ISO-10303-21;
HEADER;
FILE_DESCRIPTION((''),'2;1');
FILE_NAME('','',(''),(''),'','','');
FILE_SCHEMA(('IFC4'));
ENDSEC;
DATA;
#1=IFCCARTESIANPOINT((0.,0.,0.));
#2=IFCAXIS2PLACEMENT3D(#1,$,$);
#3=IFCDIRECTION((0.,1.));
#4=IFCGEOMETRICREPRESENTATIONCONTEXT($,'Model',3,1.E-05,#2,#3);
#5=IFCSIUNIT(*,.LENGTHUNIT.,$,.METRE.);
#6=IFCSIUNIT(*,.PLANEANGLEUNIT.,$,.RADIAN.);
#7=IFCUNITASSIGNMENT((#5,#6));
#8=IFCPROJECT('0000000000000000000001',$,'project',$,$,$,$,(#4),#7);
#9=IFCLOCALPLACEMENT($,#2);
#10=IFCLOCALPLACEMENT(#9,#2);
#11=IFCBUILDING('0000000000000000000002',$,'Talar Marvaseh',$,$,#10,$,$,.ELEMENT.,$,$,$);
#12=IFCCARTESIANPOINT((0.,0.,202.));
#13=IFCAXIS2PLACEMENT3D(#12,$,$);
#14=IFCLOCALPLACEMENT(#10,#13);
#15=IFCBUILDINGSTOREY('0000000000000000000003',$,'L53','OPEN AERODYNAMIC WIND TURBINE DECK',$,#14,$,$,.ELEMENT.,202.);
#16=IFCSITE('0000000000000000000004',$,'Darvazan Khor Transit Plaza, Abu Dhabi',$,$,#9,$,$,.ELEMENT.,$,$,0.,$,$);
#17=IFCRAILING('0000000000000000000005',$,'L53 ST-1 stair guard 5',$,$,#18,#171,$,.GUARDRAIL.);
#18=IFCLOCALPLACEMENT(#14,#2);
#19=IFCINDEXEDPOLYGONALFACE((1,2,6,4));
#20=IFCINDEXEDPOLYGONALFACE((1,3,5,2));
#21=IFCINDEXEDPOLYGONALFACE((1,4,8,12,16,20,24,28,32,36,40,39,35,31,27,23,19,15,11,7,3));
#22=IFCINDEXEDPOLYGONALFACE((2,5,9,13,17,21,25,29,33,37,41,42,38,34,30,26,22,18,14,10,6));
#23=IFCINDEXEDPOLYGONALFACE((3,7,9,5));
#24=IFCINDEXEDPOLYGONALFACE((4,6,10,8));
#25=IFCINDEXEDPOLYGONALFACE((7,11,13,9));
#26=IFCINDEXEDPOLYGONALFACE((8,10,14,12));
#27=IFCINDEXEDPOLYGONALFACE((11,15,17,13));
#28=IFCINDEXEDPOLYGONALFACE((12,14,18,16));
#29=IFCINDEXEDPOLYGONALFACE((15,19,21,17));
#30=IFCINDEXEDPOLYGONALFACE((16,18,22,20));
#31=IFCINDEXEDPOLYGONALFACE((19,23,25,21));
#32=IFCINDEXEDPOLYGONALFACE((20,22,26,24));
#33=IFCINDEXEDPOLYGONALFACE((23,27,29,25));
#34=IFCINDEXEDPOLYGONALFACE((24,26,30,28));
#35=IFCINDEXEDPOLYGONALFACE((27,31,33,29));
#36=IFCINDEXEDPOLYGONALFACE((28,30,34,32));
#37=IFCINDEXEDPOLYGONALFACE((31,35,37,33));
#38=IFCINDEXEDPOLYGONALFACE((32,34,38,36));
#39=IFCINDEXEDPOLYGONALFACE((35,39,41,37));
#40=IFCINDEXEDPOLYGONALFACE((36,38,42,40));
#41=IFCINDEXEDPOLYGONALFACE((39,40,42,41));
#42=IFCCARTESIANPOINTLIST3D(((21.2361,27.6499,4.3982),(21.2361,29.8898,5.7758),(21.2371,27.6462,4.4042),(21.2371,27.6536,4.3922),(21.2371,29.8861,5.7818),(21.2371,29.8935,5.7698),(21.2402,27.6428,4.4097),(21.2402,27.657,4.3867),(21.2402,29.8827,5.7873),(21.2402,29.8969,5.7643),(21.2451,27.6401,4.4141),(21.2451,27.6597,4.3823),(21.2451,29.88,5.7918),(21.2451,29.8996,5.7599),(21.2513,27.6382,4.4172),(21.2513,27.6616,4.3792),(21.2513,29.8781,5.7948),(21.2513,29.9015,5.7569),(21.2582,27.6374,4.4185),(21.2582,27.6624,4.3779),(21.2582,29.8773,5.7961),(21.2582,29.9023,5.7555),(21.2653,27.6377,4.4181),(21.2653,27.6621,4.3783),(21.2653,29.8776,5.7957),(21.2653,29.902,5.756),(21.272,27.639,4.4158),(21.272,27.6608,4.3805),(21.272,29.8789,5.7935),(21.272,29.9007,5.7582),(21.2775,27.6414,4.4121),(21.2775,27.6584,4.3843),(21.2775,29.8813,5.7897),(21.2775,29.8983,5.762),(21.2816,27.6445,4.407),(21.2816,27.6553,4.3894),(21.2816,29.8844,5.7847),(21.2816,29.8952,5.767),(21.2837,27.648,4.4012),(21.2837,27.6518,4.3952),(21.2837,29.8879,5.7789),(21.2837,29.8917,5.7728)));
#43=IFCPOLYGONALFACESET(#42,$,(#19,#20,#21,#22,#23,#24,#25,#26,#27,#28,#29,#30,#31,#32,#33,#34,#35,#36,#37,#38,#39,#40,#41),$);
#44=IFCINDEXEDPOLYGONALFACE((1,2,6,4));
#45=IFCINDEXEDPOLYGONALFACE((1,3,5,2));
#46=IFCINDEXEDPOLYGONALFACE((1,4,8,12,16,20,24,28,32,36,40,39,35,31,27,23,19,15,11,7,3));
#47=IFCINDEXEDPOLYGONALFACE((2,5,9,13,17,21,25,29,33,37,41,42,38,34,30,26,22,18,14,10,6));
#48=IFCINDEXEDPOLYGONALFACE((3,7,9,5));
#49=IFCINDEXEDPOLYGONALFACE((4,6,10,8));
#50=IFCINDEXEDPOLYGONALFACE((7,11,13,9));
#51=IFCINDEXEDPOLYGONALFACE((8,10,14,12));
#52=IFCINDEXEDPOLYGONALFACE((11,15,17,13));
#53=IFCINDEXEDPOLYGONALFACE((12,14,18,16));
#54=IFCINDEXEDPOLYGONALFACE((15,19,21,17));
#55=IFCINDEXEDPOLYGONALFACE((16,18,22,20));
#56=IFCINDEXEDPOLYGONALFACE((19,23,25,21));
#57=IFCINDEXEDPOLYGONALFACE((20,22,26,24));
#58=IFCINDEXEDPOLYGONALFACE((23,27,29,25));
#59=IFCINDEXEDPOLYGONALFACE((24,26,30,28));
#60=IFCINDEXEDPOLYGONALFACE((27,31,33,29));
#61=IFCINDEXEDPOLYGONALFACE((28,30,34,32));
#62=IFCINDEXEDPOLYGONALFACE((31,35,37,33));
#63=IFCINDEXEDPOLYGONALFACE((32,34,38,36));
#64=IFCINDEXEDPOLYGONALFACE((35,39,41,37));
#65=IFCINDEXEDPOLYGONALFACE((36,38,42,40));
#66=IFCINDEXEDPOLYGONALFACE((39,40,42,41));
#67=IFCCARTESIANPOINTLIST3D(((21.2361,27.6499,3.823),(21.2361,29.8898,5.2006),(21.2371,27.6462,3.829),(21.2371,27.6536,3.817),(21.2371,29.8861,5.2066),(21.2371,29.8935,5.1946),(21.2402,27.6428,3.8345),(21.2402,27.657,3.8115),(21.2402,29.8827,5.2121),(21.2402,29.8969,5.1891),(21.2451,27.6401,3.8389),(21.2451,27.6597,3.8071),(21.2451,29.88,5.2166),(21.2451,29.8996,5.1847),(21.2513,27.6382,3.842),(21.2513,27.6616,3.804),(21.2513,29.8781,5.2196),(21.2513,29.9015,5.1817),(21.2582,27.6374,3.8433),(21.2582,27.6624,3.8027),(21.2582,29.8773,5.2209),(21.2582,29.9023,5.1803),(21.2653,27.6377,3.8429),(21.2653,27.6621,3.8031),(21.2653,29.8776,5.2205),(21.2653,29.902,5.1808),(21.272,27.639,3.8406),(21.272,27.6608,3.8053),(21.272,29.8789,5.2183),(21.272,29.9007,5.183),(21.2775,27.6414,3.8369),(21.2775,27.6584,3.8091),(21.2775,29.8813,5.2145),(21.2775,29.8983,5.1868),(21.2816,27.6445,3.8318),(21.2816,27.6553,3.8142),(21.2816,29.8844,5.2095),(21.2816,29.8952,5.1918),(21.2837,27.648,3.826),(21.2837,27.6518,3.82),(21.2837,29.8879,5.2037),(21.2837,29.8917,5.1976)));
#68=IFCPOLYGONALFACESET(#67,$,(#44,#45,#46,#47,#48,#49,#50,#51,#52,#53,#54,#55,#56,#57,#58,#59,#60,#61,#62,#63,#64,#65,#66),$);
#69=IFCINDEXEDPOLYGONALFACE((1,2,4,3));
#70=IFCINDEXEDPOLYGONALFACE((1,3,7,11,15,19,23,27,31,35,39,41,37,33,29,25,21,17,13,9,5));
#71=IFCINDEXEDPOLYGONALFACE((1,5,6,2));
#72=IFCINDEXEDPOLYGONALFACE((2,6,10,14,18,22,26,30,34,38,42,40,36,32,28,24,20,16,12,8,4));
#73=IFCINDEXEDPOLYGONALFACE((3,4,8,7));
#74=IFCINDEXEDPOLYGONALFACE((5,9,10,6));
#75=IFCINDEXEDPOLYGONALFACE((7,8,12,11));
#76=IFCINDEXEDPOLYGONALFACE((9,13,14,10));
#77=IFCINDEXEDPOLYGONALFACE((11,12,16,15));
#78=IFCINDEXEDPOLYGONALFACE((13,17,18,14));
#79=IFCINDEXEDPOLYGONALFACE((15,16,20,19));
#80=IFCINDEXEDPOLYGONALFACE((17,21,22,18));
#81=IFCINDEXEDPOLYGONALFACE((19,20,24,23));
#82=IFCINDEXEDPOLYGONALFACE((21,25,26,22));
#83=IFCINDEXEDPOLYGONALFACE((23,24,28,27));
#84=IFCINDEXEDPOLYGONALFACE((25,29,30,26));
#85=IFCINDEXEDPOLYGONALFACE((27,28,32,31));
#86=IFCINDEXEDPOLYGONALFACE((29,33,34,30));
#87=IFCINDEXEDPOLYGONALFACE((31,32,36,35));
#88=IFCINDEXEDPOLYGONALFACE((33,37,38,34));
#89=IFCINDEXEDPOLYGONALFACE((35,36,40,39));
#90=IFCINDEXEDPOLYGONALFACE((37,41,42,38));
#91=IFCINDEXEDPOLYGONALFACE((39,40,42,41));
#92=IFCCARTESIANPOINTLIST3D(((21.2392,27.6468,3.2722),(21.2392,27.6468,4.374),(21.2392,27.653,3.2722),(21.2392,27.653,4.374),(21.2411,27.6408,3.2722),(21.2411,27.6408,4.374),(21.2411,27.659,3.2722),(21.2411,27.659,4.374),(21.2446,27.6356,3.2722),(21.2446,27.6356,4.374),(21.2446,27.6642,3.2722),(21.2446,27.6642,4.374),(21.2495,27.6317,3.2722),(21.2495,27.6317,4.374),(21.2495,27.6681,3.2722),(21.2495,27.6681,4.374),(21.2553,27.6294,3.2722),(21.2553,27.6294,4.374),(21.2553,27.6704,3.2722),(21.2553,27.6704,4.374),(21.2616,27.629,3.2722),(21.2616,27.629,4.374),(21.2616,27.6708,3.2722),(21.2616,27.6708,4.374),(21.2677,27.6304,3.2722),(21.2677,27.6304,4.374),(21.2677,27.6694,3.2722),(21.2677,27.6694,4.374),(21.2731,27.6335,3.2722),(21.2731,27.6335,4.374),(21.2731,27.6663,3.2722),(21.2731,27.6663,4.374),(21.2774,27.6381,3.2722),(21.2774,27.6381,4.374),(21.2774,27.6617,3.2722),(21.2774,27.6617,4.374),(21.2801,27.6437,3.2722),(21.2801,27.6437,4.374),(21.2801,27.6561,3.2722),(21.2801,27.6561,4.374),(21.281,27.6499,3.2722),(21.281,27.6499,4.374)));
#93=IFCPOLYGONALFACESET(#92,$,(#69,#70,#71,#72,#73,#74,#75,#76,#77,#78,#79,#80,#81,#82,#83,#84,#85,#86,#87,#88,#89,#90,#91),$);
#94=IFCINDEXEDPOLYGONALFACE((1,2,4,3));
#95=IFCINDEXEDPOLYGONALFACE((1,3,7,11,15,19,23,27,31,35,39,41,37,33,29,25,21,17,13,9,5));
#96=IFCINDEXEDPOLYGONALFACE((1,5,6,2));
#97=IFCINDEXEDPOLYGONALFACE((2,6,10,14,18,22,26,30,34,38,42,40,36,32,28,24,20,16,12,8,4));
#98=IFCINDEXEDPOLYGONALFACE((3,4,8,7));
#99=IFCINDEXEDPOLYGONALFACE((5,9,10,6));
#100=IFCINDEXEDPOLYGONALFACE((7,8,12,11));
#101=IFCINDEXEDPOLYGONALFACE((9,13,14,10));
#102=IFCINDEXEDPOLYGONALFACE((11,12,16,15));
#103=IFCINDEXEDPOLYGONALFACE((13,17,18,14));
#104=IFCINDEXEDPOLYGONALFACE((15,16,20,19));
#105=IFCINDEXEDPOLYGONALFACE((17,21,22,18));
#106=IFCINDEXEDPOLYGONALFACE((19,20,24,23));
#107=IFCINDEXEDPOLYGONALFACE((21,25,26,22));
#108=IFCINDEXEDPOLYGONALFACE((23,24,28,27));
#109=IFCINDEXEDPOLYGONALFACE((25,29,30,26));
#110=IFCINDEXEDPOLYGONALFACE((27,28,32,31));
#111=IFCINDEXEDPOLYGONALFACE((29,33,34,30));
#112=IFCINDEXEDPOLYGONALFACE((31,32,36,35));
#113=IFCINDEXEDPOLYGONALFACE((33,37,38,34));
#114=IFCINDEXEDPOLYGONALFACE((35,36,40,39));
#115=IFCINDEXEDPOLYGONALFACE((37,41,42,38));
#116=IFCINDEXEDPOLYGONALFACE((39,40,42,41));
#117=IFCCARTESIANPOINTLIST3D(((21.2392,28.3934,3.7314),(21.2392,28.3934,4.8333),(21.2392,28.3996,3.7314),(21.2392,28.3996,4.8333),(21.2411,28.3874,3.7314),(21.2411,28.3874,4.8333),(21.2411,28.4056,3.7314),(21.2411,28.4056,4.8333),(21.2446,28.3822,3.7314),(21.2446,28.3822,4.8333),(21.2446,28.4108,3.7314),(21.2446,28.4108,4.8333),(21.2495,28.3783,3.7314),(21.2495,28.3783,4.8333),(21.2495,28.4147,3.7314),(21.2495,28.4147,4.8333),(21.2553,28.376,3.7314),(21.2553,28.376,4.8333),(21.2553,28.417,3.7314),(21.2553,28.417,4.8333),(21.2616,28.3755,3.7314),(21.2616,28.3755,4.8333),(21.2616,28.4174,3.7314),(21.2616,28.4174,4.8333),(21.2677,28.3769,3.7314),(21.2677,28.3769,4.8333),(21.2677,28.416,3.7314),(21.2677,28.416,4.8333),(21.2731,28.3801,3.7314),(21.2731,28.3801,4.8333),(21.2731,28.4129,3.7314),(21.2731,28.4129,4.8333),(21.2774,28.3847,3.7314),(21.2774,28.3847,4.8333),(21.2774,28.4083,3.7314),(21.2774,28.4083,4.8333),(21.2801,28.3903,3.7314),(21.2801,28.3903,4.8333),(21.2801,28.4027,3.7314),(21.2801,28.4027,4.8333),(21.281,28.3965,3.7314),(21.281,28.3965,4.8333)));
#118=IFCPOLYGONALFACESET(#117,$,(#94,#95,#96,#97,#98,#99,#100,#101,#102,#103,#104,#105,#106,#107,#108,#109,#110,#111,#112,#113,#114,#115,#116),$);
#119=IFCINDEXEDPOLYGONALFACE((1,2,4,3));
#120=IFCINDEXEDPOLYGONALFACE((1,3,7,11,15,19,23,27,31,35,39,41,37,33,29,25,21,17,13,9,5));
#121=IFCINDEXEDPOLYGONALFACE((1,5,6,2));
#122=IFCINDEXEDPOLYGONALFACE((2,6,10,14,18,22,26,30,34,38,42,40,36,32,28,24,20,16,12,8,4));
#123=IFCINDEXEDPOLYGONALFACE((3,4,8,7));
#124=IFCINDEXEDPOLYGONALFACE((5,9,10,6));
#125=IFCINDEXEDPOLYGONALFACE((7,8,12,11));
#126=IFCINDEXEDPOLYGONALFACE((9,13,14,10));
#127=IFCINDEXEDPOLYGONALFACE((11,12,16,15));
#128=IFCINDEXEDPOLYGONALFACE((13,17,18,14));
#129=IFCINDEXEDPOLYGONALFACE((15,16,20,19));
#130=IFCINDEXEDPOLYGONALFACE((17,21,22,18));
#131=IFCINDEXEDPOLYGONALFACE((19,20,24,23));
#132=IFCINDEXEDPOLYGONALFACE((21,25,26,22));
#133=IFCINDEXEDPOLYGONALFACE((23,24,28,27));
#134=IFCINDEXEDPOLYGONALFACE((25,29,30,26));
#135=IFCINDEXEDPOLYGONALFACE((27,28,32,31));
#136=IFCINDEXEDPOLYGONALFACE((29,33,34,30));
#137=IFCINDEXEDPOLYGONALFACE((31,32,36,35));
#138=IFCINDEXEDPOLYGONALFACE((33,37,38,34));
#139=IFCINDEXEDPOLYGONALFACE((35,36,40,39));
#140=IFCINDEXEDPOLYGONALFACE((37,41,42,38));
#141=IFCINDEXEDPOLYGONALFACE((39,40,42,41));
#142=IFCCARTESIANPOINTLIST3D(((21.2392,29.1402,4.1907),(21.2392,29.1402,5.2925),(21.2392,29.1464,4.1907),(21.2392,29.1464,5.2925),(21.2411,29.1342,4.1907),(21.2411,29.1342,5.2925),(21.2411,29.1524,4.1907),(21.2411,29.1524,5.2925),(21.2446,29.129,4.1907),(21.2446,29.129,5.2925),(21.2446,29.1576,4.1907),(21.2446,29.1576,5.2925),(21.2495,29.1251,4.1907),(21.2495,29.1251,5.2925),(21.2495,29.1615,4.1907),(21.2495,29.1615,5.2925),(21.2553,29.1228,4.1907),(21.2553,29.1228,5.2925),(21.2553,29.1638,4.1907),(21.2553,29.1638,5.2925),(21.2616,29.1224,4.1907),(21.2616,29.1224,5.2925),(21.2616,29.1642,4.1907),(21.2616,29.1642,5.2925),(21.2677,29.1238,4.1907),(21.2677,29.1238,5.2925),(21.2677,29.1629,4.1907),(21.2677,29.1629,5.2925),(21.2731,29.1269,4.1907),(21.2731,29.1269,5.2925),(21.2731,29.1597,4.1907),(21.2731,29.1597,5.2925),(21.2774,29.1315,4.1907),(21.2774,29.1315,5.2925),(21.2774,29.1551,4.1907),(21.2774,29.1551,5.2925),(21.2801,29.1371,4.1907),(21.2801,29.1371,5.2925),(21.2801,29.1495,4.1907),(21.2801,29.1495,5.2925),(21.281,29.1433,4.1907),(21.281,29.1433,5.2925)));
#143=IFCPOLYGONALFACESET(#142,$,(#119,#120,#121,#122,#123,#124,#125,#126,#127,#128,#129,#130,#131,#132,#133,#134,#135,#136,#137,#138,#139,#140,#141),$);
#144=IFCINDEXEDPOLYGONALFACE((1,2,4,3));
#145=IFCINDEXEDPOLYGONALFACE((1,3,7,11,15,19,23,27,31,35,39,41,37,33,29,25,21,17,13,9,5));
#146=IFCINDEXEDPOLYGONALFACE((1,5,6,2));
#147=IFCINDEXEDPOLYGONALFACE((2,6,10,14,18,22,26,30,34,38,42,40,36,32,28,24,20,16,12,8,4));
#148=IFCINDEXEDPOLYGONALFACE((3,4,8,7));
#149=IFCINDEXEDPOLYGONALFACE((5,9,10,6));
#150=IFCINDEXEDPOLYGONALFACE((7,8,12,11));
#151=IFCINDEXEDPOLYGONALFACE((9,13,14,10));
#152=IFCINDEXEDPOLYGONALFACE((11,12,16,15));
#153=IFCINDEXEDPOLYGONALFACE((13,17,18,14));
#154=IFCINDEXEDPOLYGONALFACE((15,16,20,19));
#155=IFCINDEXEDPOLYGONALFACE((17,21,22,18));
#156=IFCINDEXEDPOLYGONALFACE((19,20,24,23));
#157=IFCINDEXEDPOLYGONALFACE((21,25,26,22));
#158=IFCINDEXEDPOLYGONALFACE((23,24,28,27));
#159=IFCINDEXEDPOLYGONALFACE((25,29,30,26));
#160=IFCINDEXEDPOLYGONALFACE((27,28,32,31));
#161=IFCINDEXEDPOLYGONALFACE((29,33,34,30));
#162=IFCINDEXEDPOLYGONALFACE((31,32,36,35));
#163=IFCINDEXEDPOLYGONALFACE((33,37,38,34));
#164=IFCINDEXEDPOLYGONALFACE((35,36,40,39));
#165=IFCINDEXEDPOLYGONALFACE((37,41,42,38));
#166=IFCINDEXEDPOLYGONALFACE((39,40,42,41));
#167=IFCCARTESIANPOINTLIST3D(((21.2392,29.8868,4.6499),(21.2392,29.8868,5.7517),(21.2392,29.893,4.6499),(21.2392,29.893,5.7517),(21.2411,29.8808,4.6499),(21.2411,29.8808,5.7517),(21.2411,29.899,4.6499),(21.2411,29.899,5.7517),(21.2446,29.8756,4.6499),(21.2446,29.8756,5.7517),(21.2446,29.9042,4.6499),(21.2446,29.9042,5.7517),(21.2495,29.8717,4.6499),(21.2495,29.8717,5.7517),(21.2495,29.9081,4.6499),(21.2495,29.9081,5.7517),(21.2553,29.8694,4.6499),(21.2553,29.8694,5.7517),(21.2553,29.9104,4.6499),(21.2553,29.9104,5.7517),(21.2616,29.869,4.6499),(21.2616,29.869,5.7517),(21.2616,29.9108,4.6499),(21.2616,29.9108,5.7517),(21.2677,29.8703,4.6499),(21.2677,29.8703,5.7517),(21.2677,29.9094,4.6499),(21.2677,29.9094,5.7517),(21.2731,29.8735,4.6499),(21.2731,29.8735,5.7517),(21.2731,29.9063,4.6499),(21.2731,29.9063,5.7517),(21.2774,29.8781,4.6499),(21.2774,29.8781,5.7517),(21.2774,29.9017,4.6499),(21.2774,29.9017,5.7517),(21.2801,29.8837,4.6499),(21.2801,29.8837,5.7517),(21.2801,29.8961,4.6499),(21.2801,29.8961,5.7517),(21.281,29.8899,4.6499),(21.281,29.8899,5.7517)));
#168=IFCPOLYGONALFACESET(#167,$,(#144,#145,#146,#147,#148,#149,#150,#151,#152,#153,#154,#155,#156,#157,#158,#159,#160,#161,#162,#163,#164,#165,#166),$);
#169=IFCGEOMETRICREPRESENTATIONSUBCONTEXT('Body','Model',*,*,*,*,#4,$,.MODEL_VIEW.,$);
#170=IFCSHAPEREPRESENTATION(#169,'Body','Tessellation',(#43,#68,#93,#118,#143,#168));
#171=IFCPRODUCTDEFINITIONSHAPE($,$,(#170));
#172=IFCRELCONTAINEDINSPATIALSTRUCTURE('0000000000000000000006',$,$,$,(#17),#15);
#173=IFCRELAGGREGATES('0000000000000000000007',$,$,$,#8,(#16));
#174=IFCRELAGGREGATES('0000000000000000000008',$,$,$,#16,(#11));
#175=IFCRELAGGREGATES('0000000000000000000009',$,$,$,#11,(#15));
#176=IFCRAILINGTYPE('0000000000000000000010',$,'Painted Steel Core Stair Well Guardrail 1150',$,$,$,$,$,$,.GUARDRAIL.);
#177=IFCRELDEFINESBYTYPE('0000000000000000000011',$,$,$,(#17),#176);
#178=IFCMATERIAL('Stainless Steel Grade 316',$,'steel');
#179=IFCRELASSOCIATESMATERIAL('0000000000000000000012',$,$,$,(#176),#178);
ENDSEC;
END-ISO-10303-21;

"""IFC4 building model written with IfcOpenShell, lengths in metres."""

from ifc_helpers import new_model, si_unit, direction, frame, origin, origin_2d, place, context, subcontext, project, spatial, circle, extrude, material, type_object, element, save


model = new_model("IFC4")

# Units and contexts
model_context = context("Model", 3, precision=1e-05, world=origin(), true_north=direction((0.0, 1.0)))
body_context = subcontext(model_context, "Body", "Model", "MODEL_VIEW")
ifc_project = project(units=[si_unit("LENGTHUNIT", "METRE"), si_unit("PLANEANGLEUNIT", "RADIAN")], contexts=[model_context])

# Site, building, storey
site_placement = place(None, origin())
site = spatial("IfcSite", under=ifc_project, at=site_placement, Name="Darvazan Khor Transit Plaza, Abu Dhabi", CompositionType="ELEMENT", RefElevation=0.0)
building_placement = place(site_placement, origin())
building = spatial("IfcBuilding", under=site, at=building_placement, Name="Talar Marvaseh", CompositionType="ELEMENT")
storey_placement = place(building_placement, frame((0.0, 0.0, 202.0)))
storey = spatial("IfcBuildingStorey", under=building, at=storey_placement, Name="L53", Description="OPEN AERODYNAMIC WIND TURBINE DECK", CompositionType="ELEMENT", Elevation=202.0)

# Railing
ifc_material_1 = material(Name="Stainless Steel Grade 316", Category="steel")
railing_type_1 = type_object("IfcRailingType", Name="Painted Steel Core Stair Well Guardrail 1150", PredefinedType="GUARDRAIL", material=ifc_material_1)
railing_1_placement = place(storey_placement, frame((21.26, 27.6499, 3.2722)))
element("IfcRailing", 1, at=railing_1_placement, inside=storey, type_object=railing_type_1, Name="L53 ST-1 stair guard 5", PredefinedType="GUARDRAIL", context=body_context, shape_type="SweptSolid", body=[
    extrude(circle(Radius=0.0239, at=origin_2d()), frame((0.0, 0.0, 1.126), z_axis=(0.0, 0.851789, 0.523885), x_axis=(-1.0, 0.0, 0.0)), (0.0, 0.0, 1.0), 2.6296),
    extrude(circle(Radius=0.0239, at=origin_2d()), frame((0.0, 0.0, 0.5508), z_axis=(0.0, 0.851789, 0.523885), x_axis=(-1.0, 0.0, 0.0)), (0.0, 0.0, 1.0), 2.6296),
    extrude(circle(Radius=0.021, at=origin_2d()), origin(), (0.0, 0.0, 1.0), 1.1018),
    extrude(circle(Radius=0.021, at=origin_2d()), frame((0.0, 0.7466, 0.4592)), (0.0, 0.0, 1.0), 1.1018),
    extrude(circle(Radius=0.021, at=origin_2d()), frame((0.0, 1.4934, 0.9185)), (0.0, 0.0, 1.0), 1.1018),
    extrude(circle(Radius=0.021, at=origin_2d()), frame((0.0, 2.24, 1.3777)), (0.0, 0.0, 1.0), 1.1018),
])

save(model, "model.ifc")
